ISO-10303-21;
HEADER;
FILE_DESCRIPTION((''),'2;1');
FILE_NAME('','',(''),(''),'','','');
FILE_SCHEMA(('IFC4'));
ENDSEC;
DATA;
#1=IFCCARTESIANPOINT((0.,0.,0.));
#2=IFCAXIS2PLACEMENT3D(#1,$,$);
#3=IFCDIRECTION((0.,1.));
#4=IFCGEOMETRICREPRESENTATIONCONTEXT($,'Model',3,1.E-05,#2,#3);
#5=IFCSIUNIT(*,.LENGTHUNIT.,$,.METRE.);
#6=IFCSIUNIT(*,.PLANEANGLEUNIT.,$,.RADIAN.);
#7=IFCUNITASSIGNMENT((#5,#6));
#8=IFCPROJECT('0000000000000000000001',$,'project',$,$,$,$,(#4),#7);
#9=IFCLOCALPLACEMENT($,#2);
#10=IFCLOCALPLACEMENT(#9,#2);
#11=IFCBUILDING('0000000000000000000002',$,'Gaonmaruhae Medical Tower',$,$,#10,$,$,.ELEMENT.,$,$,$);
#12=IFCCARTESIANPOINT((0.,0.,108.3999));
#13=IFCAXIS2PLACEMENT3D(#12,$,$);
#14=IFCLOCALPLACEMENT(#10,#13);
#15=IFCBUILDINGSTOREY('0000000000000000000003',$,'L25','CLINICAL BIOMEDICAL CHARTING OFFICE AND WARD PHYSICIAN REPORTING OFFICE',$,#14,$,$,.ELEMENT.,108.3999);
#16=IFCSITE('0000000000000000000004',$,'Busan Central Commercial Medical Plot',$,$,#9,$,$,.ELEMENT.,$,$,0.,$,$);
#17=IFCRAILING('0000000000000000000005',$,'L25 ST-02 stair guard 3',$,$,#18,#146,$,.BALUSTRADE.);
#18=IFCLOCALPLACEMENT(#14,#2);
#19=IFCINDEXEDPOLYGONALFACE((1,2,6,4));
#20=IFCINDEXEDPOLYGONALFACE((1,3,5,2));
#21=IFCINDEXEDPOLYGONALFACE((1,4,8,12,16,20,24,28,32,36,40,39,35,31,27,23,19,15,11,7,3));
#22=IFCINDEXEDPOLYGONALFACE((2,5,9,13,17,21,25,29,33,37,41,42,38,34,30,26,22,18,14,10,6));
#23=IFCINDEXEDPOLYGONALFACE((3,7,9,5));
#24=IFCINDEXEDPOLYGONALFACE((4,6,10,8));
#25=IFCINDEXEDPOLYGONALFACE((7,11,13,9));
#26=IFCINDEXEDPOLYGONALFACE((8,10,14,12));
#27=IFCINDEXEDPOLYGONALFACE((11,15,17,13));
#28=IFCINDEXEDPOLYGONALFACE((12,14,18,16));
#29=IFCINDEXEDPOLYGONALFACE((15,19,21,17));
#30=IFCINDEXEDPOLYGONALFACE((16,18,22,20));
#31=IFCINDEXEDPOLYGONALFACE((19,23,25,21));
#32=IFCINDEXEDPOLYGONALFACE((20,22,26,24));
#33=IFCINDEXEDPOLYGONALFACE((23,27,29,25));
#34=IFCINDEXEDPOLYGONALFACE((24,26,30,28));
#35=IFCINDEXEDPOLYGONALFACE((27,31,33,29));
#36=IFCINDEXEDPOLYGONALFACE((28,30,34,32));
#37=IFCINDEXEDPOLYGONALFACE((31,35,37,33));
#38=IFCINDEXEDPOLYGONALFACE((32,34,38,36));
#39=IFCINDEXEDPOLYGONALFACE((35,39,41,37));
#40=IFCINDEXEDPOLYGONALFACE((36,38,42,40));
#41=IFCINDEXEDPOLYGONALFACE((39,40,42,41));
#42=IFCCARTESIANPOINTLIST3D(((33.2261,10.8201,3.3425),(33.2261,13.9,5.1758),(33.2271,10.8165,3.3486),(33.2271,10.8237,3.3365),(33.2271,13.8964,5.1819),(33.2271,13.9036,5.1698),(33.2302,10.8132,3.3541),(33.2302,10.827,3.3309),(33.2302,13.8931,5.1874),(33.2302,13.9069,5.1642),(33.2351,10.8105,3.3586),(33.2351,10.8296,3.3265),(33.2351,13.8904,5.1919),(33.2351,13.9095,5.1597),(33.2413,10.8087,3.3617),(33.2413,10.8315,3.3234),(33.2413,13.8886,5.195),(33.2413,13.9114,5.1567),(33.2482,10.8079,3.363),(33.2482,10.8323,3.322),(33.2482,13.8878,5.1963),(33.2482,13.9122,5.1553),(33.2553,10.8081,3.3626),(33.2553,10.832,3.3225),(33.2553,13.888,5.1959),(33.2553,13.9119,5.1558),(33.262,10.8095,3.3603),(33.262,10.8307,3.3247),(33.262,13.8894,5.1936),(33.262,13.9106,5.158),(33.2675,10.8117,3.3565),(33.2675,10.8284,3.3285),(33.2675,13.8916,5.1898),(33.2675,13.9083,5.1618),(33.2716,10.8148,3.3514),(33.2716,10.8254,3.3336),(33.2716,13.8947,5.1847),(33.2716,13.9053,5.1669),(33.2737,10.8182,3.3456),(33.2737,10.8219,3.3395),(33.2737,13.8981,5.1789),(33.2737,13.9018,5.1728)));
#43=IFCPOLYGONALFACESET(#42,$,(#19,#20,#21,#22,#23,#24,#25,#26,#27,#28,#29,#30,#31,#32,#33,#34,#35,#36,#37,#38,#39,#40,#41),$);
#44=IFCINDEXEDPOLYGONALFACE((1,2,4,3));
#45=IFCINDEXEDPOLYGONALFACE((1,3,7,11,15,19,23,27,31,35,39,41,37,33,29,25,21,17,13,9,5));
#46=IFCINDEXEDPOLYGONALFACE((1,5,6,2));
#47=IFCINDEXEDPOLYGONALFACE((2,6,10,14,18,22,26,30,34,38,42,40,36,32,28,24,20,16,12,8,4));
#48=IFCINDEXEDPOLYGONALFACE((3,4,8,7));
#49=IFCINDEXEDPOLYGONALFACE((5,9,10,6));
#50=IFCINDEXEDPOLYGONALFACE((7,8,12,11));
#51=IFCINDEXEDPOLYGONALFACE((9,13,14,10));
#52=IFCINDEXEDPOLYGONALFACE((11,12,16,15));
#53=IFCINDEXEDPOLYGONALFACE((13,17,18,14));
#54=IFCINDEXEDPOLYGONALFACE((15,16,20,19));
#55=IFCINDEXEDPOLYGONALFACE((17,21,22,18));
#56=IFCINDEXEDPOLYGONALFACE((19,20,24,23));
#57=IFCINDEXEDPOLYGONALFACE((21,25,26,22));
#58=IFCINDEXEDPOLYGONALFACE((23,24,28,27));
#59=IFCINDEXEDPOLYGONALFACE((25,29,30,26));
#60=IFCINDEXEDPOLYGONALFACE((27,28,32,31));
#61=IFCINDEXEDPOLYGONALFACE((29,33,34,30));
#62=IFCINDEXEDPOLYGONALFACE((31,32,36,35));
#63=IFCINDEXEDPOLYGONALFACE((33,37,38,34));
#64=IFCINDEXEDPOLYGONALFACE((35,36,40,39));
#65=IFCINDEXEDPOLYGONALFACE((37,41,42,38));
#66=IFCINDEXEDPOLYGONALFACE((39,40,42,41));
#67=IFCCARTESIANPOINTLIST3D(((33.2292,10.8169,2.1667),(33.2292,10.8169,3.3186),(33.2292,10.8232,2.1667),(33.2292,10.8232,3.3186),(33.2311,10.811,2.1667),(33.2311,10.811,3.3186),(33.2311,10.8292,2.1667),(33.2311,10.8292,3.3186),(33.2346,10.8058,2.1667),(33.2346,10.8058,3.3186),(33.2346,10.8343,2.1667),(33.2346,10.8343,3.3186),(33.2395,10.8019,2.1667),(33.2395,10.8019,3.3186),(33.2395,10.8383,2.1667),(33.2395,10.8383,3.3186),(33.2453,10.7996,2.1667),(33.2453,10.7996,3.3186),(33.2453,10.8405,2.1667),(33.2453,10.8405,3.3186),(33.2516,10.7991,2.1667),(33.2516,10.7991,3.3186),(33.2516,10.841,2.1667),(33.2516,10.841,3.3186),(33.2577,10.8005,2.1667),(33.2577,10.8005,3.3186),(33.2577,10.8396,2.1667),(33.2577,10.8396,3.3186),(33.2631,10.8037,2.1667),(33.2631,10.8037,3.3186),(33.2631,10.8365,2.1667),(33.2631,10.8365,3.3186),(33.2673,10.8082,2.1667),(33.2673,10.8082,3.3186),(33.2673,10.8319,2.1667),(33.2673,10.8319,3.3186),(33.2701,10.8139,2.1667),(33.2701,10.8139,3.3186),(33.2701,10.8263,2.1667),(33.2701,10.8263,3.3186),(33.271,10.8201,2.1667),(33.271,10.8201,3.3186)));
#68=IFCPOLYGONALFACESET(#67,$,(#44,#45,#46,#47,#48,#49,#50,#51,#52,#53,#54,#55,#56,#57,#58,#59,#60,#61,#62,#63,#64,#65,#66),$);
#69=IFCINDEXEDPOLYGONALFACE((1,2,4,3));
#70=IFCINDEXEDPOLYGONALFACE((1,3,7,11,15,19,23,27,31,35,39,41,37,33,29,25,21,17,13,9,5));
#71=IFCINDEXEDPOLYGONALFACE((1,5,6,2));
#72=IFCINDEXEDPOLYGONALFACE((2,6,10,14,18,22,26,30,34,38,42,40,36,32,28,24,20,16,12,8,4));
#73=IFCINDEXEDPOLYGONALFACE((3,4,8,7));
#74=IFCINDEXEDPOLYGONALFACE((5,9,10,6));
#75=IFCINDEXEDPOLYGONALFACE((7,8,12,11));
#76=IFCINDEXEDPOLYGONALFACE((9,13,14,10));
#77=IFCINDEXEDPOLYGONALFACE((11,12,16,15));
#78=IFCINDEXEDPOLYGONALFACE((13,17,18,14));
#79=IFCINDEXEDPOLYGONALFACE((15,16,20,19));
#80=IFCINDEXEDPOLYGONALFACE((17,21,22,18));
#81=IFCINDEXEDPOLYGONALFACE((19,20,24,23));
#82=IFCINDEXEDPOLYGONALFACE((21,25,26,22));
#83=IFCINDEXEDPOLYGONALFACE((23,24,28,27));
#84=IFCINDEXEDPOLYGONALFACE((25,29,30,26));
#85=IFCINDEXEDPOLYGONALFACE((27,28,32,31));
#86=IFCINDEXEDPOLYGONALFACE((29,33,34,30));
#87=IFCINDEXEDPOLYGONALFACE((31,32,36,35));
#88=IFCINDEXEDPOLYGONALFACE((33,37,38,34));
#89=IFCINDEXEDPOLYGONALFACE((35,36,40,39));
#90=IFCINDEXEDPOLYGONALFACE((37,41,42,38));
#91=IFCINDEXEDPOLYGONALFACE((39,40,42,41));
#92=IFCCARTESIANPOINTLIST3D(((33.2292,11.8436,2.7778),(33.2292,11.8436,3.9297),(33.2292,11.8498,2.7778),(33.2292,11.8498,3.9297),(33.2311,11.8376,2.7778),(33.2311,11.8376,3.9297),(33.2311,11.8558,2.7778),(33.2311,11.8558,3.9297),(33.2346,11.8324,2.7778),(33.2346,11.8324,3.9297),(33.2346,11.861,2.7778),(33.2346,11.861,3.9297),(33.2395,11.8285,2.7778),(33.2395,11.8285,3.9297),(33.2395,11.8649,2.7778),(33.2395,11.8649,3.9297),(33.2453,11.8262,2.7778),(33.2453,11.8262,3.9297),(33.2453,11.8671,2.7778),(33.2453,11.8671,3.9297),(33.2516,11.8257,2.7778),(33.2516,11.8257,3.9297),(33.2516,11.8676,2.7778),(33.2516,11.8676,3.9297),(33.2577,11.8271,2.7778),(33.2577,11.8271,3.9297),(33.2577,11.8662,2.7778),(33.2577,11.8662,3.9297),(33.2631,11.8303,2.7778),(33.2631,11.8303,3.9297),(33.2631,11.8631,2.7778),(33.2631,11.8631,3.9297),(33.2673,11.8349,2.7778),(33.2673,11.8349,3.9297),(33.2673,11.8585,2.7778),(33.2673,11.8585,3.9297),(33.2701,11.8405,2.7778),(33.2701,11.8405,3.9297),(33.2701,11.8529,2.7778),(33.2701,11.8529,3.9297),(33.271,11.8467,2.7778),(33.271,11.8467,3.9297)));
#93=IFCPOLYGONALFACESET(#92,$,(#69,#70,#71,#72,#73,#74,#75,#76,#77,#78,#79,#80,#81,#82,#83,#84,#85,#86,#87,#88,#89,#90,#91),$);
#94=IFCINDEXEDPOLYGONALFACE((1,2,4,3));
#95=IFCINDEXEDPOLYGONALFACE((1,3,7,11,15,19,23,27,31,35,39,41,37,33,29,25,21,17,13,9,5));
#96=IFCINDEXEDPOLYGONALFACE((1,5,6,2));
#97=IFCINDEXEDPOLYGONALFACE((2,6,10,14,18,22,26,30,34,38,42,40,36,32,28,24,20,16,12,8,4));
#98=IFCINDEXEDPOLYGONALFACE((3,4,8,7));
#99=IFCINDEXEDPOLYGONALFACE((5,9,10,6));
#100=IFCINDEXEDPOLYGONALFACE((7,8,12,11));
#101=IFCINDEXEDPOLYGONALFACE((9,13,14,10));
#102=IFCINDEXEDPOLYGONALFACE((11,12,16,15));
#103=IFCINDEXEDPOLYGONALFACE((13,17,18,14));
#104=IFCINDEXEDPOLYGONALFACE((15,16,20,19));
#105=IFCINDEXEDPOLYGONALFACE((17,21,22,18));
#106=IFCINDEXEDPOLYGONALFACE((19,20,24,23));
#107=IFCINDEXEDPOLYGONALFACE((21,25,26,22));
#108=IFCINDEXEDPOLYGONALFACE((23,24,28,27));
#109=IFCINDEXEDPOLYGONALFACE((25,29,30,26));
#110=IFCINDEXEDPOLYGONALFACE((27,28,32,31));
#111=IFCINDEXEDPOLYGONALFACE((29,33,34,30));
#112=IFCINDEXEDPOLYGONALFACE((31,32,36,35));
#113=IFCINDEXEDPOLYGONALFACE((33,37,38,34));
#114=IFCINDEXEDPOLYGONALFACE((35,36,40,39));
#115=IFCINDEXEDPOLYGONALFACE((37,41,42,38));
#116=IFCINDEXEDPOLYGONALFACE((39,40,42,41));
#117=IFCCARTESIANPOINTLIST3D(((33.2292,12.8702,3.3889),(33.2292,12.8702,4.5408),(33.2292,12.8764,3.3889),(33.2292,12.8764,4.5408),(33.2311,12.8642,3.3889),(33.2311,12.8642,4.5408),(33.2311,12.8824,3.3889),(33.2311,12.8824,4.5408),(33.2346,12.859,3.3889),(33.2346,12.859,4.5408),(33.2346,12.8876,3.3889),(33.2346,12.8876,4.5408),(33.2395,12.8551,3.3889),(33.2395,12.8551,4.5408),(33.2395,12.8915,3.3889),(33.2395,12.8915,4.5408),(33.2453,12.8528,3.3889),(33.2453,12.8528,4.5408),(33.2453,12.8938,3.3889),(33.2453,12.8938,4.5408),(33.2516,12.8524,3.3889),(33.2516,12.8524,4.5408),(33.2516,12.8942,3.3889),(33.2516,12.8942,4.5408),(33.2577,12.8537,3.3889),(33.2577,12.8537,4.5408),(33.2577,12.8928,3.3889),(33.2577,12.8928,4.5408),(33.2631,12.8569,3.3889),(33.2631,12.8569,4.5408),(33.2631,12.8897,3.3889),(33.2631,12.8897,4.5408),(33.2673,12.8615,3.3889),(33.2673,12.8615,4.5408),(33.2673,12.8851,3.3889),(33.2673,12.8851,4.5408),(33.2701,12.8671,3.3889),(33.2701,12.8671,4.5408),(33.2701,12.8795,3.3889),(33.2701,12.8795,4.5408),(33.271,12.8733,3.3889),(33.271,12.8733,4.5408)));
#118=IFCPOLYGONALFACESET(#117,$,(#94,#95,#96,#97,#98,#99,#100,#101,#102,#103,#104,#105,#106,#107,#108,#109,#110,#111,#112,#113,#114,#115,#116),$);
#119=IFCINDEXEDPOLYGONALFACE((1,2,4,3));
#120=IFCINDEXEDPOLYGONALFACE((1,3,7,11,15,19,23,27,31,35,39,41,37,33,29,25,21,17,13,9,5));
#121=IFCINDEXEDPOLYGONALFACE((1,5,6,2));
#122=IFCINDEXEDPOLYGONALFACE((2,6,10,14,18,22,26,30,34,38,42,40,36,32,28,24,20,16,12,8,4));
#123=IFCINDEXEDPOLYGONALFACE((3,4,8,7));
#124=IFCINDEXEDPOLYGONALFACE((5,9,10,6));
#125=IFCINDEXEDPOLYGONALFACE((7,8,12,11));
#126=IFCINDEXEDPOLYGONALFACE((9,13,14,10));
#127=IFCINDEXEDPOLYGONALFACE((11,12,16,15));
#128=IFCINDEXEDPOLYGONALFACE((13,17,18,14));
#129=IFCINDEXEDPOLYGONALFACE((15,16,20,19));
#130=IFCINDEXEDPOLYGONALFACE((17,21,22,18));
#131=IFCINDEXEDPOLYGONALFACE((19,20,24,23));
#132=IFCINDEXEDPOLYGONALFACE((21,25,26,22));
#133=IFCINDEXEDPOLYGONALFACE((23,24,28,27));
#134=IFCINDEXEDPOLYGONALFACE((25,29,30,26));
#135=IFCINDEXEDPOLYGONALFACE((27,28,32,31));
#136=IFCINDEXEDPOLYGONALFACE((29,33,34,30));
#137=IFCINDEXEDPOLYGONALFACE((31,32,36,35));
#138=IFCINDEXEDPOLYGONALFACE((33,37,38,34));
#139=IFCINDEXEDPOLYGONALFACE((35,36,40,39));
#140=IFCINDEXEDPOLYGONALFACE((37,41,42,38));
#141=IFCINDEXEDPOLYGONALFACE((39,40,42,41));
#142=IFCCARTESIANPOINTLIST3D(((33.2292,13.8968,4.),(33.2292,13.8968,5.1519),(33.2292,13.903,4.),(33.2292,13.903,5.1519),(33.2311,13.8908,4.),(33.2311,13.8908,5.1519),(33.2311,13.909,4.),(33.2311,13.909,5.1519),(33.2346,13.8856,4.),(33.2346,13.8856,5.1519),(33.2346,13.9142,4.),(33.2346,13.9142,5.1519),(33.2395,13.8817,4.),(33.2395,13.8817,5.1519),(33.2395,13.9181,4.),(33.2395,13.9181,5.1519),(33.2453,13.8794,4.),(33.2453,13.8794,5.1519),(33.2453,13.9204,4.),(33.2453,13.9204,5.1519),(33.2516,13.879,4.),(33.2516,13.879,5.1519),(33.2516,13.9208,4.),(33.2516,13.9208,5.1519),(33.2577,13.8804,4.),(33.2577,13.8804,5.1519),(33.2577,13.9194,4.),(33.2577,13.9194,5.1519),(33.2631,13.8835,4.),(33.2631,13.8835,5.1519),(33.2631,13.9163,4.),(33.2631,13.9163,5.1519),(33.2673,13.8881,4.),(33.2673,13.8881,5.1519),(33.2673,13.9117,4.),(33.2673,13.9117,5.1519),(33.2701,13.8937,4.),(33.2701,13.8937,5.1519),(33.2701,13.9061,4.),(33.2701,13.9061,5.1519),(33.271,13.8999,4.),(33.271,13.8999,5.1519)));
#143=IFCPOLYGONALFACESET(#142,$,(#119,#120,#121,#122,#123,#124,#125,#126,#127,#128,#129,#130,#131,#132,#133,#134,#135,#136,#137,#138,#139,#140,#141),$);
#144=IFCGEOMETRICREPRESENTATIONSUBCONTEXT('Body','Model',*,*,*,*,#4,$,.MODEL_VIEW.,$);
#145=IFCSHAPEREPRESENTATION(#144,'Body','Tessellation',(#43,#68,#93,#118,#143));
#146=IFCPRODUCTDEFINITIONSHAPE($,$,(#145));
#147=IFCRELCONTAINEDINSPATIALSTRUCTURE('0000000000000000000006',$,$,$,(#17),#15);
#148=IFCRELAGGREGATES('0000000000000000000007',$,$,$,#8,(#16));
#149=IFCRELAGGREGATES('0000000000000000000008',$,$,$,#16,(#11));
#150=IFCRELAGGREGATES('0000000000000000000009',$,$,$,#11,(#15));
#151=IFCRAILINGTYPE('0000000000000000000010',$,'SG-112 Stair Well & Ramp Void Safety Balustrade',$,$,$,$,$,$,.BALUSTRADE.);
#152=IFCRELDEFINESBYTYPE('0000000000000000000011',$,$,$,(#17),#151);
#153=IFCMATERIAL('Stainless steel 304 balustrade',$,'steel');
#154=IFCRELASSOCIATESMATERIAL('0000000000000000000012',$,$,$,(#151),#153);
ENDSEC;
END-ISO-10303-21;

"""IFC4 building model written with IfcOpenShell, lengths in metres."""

from ifc_helpers import new_model, si_unit, direction, frame, origin, origin_2d, place, context, subcontext, project, spatial, circle, extrude, material, type_object, element, save


model = new_model("IFC4")

# Units and contexts
model_context = context("Model", 3, precision=1e-05, world=origin(), true_north=direction((0.0, 1.0)))
body_context = subcontext(model_context, "Body", "Model", "MODEL_VIEW")
ifc_project = project(units=[si_unit("LENGTHUNIT", "METRE"), si_unit("PLANEANGLEUNIT", "RADIAN")], contexts=[model_context])

# Site, building, storey
site_placement = place(None, origin())
site = spatial("IfcSite", under=ifc_project, at=site_placement, Name="Busan Central Commercial Medical Plot", CompositionType="ELEMENT", RefElevation=0.0)
building_placement = place(site_placement, origin())
building = spatial("IfcBuilding", under=site, at=building_placement, Name="Gaonmaruhae Medical Tower", CompositionType="ELEMENT")
storey_placement = place(building_placement, frame((0.0, 0.0, 108.3999)))
storey = spatial("IfcBuildingStorey", under=building, at=storey_placement, Name="L25", Description="CLINICAL BIOMEDICAL CHARTING OFFICE AND WARD PHYSICIAN REPORTING OFFICE", CompositionType="ELEMENT", Elevation=108.3999)

# Railing
ifc_material_1 = material(Name="Stainless steel 304 balustrade", Category="steel")
railing_type_1 = type_object("IfcRailingType", Name="SG-112 Stair Well & Ramp Void Safety Balustrade", PredefinedType="BALUSTRADE", material=ifc_material_1)
railing_1_placement = place(storey_placement, frame((33.25, 10.8201, 2.1667)))
element("IfcRailing", 1, at=railing_1_placement, inside=storey, type_object=railing_type_1, Name="L25 ST-02 stair guard 3", PredefinedType="BALUSTRADE", context=body_context, shape_type="SweptSolid", body=[
    extrude(circle(Radius=0.0239, at=origin_2d()), frame((0.0, 0.0, 1.1758), z_axis=(0.0, 0.859291, 0.511487), x_axis=(-1.0, 0.0, 0.0)), (0.0, 0.0, 1.0), 3.5842),
    extrude(circle(Radius=0.021, at=origin_2d()), origin(), (0.0, 0.0, 1.0), 1.1519),
    extrude(circle(Radius=0.021, at=origin_2d()), frame((0.0, 1.0266, 0.6111)), (0.0, 0.0, 1.0), 1.1519),
    extrude(circle(Radius=0.021, at=origin_2d()), frame((0.0, 2.0532, 1.2222)), (0.0, 0.0, 1.0), 1.1519),
    extrude(circle(Radius=0.021, at=origin_2d()), frame((0.0, 3.0798, 1.8333)), (0.0, 0.0, 1.0), 1.1519),
])

save(model, "model.ifc")
